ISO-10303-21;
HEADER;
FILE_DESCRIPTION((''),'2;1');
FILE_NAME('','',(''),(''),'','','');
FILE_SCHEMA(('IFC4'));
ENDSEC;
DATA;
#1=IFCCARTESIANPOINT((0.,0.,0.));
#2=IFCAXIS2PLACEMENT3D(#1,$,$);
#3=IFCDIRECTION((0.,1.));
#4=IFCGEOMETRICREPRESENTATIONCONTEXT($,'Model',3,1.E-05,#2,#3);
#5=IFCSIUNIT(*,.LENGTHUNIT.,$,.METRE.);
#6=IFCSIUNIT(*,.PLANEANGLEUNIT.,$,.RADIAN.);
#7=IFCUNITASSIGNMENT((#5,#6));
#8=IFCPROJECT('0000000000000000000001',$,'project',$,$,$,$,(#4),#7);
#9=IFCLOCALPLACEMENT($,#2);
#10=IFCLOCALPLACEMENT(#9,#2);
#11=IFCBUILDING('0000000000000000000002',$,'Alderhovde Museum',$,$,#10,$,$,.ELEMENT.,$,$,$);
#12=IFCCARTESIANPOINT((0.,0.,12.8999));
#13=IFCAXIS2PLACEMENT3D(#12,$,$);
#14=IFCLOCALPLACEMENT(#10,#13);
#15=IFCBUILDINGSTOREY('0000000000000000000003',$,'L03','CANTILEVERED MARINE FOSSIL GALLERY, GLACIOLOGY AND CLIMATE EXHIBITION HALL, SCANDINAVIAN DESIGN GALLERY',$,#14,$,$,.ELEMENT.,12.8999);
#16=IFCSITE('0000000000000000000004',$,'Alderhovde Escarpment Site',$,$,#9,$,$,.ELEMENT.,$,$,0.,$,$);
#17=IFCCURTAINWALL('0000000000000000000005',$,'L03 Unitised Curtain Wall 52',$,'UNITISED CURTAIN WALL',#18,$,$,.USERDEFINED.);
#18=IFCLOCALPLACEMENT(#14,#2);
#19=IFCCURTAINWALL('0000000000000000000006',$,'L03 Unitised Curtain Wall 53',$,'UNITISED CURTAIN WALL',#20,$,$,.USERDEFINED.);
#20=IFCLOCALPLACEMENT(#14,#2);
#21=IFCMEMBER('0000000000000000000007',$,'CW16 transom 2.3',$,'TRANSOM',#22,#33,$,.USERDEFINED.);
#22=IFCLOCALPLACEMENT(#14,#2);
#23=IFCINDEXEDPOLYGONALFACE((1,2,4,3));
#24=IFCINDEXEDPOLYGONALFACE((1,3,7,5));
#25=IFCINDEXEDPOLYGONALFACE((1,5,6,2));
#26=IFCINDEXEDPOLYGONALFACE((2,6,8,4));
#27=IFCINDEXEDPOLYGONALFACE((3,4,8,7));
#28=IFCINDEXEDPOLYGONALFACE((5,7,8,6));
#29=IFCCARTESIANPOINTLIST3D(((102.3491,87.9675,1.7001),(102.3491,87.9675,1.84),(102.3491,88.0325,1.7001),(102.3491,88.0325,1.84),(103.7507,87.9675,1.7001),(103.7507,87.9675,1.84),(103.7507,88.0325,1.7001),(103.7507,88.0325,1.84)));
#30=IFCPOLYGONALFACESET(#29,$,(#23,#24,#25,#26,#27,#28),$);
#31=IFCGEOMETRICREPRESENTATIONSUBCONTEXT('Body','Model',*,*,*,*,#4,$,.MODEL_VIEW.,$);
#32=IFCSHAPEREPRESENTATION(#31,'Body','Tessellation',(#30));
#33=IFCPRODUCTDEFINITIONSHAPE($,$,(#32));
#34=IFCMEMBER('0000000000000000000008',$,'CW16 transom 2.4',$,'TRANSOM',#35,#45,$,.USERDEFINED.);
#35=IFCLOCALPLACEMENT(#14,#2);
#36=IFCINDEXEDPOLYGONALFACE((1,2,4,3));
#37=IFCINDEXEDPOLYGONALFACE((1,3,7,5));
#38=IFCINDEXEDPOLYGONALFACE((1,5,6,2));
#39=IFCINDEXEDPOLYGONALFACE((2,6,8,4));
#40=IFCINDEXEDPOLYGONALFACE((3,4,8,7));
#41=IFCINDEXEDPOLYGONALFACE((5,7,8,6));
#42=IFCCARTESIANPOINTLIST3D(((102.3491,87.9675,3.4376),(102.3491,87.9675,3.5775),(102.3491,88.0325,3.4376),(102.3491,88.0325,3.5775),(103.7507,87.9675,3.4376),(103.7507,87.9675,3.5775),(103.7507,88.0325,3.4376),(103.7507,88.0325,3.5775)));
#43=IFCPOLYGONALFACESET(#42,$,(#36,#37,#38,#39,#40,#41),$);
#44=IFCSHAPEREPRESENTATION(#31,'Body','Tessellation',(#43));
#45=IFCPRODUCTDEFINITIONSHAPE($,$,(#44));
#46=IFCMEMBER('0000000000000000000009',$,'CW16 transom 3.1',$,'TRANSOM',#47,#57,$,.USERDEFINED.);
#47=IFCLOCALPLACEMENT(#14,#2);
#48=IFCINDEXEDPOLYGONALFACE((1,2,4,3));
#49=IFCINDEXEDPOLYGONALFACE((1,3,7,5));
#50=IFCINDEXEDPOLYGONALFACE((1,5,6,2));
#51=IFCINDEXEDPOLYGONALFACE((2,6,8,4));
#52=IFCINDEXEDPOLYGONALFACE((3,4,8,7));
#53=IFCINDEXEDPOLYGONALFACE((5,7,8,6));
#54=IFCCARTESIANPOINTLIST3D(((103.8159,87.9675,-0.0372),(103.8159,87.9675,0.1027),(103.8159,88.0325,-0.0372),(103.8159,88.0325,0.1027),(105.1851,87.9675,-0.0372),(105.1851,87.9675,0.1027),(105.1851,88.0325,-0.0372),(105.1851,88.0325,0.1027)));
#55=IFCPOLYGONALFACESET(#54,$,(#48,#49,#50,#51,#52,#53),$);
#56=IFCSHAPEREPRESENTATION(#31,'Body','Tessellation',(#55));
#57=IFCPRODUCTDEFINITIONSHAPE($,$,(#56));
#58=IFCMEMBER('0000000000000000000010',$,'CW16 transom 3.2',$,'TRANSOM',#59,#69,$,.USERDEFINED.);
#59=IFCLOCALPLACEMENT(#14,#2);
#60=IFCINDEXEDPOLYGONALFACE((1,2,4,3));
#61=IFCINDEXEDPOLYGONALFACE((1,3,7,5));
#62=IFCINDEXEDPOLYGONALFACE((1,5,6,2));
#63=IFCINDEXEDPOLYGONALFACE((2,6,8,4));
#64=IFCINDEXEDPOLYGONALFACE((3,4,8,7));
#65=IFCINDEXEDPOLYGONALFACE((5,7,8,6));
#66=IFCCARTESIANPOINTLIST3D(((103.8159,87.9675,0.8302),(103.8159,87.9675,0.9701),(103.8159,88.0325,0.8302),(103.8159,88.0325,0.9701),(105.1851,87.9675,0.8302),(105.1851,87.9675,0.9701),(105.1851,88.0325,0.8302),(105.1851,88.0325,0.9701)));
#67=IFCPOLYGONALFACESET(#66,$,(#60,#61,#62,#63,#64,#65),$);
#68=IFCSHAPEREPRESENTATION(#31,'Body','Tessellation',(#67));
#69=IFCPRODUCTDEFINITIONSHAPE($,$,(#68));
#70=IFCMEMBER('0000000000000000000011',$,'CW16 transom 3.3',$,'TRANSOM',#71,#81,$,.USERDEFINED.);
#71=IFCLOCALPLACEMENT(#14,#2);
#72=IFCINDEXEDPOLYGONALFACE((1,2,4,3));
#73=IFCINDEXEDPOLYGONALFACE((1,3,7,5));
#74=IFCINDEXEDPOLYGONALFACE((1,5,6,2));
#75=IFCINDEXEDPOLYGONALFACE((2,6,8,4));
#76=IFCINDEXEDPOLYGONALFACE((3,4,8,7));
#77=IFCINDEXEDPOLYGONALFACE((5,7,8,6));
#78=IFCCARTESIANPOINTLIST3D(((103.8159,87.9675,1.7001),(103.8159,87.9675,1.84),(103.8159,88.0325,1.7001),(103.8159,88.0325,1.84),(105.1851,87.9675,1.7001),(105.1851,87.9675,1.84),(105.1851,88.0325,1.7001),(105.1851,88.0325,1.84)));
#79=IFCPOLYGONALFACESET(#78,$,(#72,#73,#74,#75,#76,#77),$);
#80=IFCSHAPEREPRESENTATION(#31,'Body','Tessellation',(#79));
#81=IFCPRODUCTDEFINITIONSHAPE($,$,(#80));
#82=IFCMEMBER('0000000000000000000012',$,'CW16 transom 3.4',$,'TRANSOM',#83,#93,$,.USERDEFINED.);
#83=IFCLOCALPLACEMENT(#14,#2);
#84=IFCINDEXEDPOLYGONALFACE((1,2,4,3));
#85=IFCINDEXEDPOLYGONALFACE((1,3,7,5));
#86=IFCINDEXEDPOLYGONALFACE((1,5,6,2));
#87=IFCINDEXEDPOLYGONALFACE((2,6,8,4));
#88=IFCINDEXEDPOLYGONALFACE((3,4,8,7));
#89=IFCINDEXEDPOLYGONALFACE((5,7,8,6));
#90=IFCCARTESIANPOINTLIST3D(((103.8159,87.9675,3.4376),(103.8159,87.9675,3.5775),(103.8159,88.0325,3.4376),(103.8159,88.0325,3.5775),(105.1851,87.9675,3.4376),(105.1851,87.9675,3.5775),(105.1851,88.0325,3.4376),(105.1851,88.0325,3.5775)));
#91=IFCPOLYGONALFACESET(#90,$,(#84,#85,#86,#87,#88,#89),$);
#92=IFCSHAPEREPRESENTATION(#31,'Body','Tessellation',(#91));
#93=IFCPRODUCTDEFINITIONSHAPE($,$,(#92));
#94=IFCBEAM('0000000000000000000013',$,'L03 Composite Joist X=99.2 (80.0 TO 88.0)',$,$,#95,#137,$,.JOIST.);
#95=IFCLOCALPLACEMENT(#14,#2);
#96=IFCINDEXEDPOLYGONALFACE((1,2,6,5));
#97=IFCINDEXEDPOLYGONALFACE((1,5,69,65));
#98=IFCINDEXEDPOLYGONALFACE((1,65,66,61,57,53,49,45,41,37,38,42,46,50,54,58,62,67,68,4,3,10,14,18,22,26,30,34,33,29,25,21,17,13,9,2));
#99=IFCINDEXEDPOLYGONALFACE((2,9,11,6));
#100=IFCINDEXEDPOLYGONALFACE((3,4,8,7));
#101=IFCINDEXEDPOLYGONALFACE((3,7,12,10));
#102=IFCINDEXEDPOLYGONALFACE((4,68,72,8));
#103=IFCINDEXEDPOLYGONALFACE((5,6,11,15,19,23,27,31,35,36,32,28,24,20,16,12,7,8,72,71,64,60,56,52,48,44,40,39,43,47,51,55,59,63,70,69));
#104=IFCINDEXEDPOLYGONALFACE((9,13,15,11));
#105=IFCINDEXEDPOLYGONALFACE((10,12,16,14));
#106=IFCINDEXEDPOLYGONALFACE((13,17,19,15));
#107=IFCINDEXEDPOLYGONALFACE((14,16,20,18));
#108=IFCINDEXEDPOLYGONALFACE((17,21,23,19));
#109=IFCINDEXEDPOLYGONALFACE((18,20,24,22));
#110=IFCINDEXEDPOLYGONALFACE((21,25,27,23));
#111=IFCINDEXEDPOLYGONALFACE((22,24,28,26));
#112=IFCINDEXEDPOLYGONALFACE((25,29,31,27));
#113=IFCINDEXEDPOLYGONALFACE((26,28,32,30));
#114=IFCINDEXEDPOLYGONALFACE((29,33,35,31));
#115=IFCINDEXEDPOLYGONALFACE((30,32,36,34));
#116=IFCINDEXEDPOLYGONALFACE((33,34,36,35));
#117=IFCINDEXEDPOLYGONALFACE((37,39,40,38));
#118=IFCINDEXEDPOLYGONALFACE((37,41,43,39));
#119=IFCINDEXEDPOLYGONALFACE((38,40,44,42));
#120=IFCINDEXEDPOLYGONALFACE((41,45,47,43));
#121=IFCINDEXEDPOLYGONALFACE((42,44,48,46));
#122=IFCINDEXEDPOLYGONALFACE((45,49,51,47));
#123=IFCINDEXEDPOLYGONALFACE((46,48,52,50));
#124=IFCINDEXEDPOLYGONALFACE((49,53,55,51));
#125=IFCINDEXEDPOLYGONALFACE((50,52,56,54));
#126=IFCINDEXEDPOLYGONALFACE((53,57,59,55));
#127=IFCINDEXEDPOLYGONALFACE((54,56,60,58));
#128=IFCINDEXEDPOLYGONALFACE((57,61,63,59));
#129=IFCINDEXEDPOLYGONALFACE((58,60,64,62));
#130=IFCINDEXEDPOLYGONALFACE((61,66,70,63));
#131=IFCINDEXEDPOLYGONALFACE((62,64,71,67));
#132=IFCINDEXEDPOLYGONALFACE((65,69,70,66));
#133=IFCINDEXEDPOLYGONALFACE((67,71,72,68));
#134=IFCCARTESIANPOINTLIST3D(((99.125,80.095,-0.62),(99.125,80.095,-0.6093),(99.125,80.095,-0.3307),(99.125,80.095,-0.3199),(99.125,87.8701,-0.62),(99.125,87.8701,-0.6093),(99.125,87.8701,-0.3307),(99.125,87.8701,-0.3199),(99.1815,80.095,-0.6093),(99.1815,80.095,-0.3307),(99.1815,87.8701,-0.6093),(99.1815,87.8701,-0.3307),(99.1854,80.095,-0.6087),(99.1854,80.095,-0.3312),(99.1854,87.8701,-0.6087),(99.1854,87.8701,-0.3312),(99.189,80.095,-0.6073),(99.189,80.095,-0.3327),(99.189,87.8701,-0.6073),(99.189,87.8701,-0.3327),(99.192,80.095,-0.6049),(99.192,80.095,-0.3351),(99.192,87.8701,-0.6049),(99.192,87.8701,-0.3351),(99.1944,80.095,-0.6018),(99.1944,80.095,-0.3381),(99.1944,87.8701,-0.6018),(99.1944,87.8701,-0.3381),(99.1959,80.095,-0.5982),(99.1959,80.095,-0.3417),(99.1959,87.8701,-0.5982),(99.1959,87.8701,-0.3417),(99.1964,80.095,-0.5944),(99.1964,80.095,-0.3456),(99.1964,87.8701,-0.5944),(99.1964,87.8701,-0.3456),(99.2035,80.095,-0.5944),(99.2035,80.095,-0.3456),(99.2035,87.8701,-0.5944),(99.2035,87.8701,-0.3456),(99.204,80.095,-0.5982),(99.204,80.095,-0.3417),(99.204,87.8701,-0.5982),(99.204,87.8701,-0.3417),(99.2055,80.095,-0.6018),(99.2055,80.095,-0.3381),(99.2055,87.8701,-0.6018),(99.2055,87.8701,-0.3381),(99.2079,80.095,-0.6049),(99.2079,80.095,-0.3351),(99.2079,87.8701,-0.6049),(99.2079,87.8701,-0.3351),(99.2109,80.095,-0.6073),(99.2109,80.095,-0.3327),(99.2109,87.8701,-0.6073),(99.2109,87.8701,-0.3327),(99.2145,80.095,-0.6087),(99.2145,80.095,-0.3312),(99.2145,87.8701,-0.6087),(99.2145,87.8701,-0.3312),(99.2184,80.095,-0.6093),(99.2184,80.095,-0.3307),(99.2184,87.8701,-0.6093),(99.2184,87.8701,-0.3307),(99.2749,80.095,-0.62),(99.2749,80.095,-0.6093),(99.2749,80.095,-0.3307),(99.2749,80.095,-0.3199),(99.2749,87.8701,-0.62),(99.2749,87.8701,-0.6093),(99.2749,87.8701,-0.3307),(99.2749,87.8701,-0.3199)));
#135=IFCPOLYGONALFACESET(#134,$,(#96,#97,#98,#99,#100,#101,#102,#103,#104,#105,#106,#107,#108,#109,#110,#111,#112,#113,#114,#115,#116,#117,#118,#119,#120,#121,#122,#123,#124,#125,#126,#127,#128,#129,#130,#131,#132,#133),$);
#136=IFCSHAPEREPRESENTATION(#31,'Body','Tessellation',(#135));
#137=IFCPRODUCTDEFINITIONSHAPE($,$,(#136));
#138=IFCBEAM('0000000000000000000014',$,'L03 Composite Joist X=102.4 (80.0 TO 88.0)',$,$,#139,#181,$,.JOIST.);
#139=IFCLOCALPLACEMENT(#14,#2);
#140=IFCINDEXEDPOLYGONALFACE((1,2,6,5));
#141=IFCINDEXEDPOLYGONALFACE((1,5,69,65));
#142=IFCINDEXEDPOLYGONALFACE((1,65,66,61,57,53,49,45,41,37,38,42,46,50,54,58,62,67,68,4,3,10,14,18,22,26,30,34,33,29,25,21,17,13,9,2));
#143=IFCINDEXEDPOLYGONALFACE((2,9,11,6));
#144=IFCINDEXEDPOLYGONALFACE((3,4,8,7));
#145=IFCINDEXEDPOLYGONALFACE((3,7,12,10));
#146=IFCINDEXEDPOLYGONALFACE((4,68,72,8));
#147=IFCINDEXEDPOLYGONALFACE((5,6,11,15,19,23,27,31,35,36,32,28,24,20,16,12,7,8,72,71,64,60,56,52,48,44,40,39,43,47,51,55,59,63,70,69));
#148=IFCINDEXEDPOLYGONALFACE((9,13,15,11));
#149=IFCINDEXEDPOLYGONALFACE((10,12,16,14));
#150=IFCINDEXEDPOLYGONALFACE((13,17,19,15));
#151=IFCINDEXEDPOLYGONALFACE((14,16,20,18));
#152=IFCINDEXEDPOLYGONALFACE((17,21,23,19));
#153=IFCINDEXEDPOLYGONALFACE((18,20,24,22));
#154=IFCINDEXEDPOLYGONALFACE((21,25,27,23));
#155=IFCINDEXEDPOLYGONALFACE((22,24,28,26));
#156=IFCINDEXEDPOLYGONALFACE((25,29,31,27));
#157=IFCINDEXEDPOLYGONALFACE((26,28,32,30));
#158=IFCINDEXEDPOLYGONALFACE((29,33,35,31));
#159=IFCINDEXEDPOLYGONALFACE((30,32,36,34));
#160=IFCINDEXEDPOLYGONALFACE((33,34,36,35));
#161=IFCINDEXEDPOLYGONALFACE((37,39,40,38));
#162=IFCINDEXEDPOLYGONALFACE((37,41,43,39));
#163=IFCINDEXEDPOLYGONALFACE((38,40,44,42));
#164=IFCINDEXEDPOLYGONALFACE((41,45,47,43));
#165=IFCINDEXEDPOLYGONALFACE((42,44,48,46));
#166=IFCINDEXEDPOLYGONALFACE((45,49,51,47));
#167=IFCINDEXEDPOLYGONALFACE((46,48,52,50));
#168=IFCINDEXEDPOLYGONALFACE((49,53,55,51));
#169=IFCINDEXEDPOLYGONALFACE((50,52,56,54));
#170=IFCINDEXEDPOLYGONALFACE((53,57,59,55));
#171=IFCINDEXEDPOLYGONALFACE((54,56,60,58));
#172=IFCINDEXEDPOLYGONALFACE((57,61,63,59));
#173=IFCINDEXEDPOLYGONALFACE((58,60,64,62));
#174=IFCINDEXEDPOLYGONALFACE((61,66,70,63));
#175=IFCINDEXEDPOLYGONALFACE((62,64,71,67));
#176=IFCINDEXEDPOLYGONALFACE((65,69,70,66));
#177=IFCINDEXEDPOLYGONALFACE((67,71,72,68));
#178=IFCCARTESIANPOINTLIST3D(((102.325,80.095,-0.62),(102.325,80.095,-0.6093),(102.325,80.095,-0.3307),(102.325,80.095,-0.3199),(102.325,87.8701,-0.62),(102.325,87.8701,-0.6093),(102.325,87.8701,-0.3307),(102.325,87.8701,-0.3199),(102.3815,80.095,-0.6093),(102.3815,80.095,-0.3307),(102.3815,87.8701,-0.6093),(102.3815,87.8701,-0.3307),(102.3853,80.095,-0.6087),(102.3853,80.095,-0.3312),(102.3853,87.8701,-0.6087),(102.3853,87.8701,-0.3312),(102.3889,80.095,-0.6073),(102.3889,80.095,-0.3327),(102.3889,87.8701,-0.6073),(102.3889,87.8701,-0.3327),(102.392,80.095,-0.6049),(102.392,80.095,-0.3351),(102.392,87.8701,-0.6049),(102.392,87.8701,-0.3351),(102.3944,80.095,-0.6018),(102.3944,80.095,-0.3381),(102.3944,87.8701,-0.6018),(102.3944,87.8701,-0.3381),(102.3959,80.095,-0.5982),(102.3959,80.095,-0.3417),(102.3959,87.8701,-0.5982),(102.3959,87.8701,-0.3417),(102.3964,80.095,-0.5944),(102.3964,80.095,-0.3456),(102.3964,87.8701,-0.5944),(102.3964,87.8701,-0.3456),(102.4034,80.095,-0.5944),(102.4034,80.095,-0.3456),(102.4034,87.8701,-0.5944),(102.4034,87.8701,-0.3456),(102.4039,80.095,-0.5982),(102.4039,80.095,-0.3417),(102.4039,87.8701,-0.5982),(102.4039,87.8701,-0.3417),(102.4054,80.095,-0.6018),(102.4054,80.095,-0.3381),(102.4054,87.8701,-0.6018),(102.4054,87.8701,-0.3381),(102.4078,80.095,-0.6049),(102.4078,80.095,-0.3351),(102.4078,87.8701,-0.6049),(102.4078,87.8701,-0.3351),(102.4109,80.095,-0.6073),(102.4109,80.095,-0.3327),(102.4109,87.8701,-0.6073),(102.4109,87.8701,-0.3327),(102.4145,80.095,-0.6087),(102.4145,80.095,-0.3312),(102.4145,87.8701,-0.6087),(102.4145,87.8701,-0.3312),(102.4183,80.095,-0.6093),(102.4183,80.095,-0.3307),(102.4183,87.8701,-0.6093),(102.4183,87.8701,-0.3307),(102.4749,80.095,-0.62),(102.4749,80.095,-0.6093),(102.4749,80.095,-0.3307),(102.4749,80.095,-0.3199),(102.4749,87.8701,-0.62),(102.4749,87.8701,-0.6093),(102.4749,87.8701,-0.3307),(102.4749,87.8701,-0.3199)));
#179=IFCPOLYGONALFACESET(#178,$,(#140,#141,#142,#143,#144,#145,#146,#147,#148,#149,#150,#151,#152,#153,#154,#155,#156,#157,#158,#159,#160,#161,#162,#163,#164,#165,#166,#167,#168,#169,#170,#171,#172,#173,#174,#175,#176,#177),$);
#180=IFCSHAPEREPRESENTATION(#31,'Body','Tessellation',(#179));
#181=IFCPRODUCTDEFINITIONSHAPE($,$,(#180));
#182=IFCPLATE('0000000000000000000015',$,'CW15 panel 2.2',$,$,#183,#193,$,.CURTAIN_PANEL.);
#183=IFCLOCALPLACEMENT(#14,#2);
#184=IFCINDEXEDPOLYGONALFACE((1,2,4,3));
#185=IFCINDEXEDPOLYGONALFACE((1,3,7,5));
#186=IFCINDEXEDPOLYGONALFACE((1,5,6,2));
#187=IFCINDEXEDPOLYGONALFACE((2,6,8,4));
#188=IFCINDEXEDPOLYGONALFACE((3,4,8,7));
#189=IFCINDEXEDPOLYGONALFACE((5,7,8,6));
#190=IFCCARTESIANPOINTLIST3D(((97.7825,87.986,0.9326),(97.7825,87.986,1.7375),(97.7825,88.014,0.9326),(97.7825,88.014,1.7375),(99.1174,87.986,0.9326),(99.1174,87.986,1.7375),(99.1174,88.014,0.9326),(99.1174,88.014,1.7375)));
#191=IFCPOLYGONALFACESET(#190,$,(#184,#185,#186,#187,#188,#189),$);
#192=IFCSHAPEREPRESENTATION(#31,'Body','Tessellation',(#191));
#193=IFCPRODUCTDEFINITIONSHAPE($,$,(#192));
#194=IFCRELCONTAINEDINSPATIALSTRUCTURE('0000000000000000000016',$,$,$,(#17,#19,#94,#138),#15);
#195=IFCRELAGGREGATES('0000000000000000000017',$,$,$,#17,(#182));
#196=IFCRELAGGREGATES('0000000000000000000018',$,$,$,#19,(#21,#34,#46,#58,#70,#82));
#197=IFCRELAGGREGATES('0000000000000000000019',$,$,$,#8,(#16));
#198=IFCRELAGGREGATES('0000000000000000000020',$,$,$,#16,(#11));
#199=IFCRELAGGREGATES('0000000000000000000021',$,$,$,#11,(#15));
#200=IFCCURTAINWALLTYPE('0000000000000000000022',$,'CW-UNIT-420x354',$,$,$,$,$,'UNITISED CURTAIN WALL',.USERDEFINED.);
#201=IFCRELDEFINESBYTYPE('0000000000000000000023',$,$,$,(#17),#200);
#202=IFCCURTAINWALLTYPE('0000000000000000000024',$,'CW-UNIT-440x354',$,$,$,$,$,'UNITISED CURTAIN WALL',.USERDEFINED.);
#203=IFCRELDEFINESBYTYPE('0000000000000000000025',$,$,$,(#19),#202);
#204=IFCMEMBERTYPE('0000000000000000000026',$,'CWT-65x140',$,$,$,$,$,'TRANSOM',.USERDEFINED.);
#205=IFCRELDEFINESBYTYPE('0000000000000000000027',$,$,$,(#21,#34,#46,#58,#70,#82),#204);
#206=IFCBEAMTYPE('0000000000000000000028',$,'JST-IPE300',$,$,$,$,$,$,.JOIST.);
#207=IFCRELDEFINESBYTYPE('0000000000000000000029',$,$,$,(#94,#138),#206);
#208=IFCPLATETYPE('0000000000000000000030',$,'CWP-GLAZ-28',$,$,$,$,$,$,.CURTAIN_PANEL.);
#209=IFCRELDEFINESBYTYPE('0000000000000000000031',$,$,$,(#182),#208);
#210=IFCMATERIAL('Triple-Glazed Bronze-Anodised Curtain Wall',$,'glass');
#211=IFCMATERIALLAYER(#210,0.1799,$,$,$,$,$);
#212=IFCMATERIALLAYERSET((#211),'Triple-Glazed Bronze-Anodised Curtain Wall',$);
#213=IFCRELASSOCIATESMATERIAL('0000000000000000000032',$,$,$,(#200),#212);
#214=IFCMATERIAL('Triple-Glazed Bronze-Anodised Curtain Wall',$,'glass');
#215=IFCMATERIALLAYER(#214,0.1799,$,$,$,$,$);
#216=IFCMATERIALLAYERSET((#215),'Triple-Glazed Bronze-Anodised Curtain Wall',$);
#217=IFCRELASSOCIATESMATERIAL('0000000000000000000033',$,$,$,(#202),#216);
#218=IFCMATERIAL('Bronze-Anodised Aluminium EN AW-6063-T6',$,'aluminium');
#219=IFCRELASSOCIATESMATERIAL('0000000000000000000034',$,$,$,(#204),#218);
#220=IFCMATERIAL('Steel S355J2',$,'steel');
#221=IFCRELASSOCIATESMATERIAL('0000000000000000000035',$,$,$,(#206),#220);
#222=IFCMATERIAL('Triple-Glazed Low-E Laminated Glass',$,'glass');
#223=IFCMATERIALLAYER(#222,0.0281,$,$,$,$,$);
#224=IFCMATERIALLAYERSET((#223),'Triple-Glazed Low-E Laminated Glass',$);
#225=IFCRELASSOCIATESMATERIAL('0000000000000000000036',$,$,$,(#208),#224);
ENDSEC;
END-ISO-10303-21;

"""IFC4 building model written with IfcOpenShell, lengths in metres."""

from ifc_helpers import new_model, si_unit, direction, frame, origin, origin_2d, place, context, subcontext, project, spatial, rectangle, i_section, extrude, material, layer, layer_set, material_profile, profile_set, type_object, element, aggregate, save


model = new_model("IFC4")

# Units and contexts
model_context = context("Model", 3, precision=1e-05, world=origin(), true_north=direction((0.0, 1.0)))
body_context = subcontext(model_context, "Body", "Model", "MODEL_VIEW")
ifc_project = project(units=[si_unit("LENGTHUNIT", "METRE"), si_unit("PLANEANGLEUNIT", "RADIAN")], contexts=[model_context])

# Site, building, storey
site_placement = place(None, origin())
site = spatial("IfcSite", under=ifc_project, at=site_placement, Name="Alderhovde Escarpment Site", CompositionType="ELEMENT", RefElevation=0.0)
building_placement = place(site_placement, origin())
building = spatial("IfcBuilding", under=site, at=building_placement, Name="Alderhovde Museum", CompositionType="ELEMENT")
storey_placement = place(building_placement, frame((0.0, 0.0, 12.8999)))
storey = spatial("IfcBuildingStorey", under=building, at=storey_placement, Name="L03", Description="CANTILEVERED MARINE FOSSIL GALLERY, GLACIOLOGY AND CLIMATE EXHIBITION HALL, SCANDINAVIAN DESIGN GALLERY", CompositionType="ELEMENT", Elevation=12.8999)

# Curtain walls
ifc_material_1 = material(Name="Triple-Glazed Bronze-Anodised Curtain Wall", Category="glass")
ifc_layer_1 = layer(ifc_material_1, 0.1799)
ifc_layer_set_1 = layer_set([ifc_layer_1], Name="Triple-Glazed Bronze-Anodised Curtain Wall")
curtain_wall_type_1 = type_object("IfcCurtainWallType", Name="CW-UNIT-420x354", ElementType="UNITISED CURTAIN WALL", PredefinedType="USERDEFINED", material=ifc_layer_set_1)
curtain_wall_1_placement = place(storey_placement, origin())
curtain_wall_1 = element("IfcCurtainWall", 1, at=curtain_wall_1_placement, inside=storey, type_object=curtain_wall_type_1, Name="L03 Unitised Curtain Wall 52", ObjectType="UNITISED CURTAIN WALL", PredefinedType="USERDEFINED")
ifc_material_2 = material(Name="Triple-Glazed Bronze-Anodised Curtain Wall", Category="glass")
ifc_layer_2 = layer(ifc_material_2, 0.1799)
ifc_layer_set_2 = layer_set([ifc_layer_2], Name="Triple-Glazed Bronze-Anodised Curtain Wall")
curtain_wall_type_2 = type_object("IfcCurtainWallType", Name="CW-UNIT-440x354", ElementType="UNITISED CURTAIN WALL", PredefinedType="USERDEFINED", material=ifc_layer_set_2)
curtain_wall_2_placement = place(storey_placement, origin())
curtain_wall_2 = element("IfcCurtainWall", 2, at=curtain_wall_2_placement, inside=storey, type_object=curtain_wall_type_2, Name="L03 Unitised Curtain Wall 53", ObjectType="UNITISED CURTAIN WALL", PredefinedType="USERDEFINED")

# Members
ifc_material_3 = material(Name="Bronze-Anodised Aluminium EN AW-6063-T6", Category="aluminium")
ifc_material_profile_1 = material_profile(ifc_material_3, rectangle(XDim=0.0649, YDim=0.1399, at=origin_2d()), Name="TRANSOM 65x140")
ifc_profile_set_1 = profile_set([ifc_material_profile_1], Name="Bronze-Anodised Aluminium EN AW-6063-T6")
member_type_1 = type_object("IfcMemberType", Name="CWT-65x140", ElementType="TRANSOM", PredefinedType="USERDEFINED", material=ifc_profile_set_1)
member_1_placement = place(storey_placement, frame((102.3491, 88.0, 1.77), z_axis=(1.0, 0.0, 0.0), x_axis=(0.0, 1.0, 0.0)))
member_1 = element("IfcMember", 3, at=member_1_placement, type_object=member_type_1, Name="CW16 transom 2.3", ObjectType="TRANSOM", PredefinedType="USERDEFINED", context=body_context, shape_type="SweptSolid", body=[
    extrude(rectangle(XDim=0.0649, YDim=0.1399, at=origin_2d()), origin(), (0.0, 0.0, 1.0), 1.4016),
])
member_2_placement = place(storey_placement, frame((102.3491, 88.0, 3.5076), z_axis=(1.0, 0.0, 0.0), x_axis=(0.0, 1.0, 0.0)))
member_2 = element("IfcMember", 4, at=member_2_placement, type_object=member_type_1, Name="CW16 transom 2.4", ObjectType="TRANSOM", PredefinedType="USERDEFINED", context=body_context, shape_type="SweptSolid", body=[
    extrude(rectangle(XDim=0.0649, YDim=0.1399, at=origin_2d()), origin(), (0.0, 0.0, 1.0), 1.4016),
])
member_3_placement = place(storey_placement, frame((103.8159, 88.0, 0.0327), z_axis=(1.0, 0.0, 0.0), x_axis=(0.0, 1.0, 0.0)))
member_3 = element("IfcMember", 5, at=member_3_placement, type_object=member_type_1, Name="CW16 transom 3.1", ObjectType="TRANSOM", PredefinedType="USERDEFINED", context=body_context, shape_type="SweptSolid", body=[
    extrude(rectangle(XDim=0.0649, YDim=0.1399, at=origin_2d()), origin(), (0.0, 0.0, 1.0), 1.3691),
])
member_4_placement = place(storey_placement, frame((103.8159, 88.0, 0.9001), z_axis=(1.0, 0.0, 0.0), x_axis=(0.0, 1.0, 0.0)))
member_4 = element("IfcMember", 6, at=member_4_placement, type_object=member_type_1, Name="CW16 transom 3.2", ObjectType="TRANSOM", PredefinedType="USERDEFINED", context=body_context, shape_type="SweptSolid", body=[
    extrude(rectangle(XDim=0.0649, YDim=0.1399, at=origin_2d()), origin(), (0.0, 0.0, 1.0), 1.3691),
])
member_5_placement = place(storey_placement, frame((103.8159, 88.0, 1.77), z_axis=(1.0, 0.0, 0.0), x_axis=(0.0, 1.0, 0.0)))
member_5 = element("IfcMember", 7, at=member_5_placement, type_object=member_type_1, Name="CW16 transom 3.3", ObjectType="TRANSOM", PredefinedType="USERDEFINED", context=body_context, shape_type="SweptSolid", body=[
    extrude(rectangle(XDim=0.0649, YDim=0.1399, at=origin_2d()), origin(), (0.0, 0.0, 1.0), 1.3691),
])
member_6_placement = place(storey_placement, frame((103.8159, 88.0, 3.5076), z_axis=(1.0, 0.0, 0.0), x_axis=(0.0, 1.0, 0.0)))
member_6 = element("IfcMember", 8, at=member_6_placement, type_object=member_type_1, Name="CW16 transom 3.4", ObjectType="TRANSOM", PredefinedType="USERDEFINED", context=body_context, shape_type="SweptSolid", body=[
    extrude(rectangle(XDim=0.0649, YDim=0.1399, at=origin_2d()), origin(), (0.0, 0.0, 1.0), 1.3691),
])

# Beams
ifc_material_4 = material(Name="Steel S355J2", Category="steel")
ifc_material_profile_2 = material_profile(ifc_material_4, i_section(OverallWidth=0.1499, OverallDepth=0.3, WebThickness=0.0071, FlangeThickness=0.0107, FilletRadius=0.0149, at=origin_2d()), Name="IPE 300")
ifc_profile_set_2 = profile_set([ifc_material_profile_2], Name="Steel S355J2")
beam_type = type_object("IfcBeamType", Name="JST-IPE300", PredefinedType="JOIST", material=ifc_profile_set_2)
for number, where, z_axis, x_axis, name in (
    (9, (99.2, 80.095, -0.47), (0.0, 1.0, 0.0), (-1.0, 0.0, 0.0), "L03 Composite Joist X=99.2 (80.0 TO 88.0)"),
    (10, (102.3999, 80.095, -0.47), (0.0, 1.0, 0.0), (-1.0, 0.0, 0.0), "L03 Composite Joist X=102.4 (80.0 TO 88.0)"),
):
    element("IfcBeam", number, at=place(storey_placement, frame(where, z_axis=z_axis, x_axis=x_axis)), inside=storey, type_object=beam_type, Name=name, PredefinedType="JOIST", context=body_context, shape_type="SweptSolid", body=[
        extrude(i_section(OverallWidth=0.1499, OverallDepth=0.3, WebThickness=0.0071, FlangeThickness=0.0107, FilletRadius=0.0149, at=origin_2d()), origin(), (0.0, 0.0, 1.0), 7.7751),
    ])

# Plate
ifc_material_5 = material(Name="Triple-Glazed Low-E Laminated Glass", Category="glass")
ifc_layer_3 = layer(ifc_material_5, 0.0281)
ifc_layer_set_3 = layer_set([ifc_layer_3], Name="Triple-Glazed Low-E Laminated Glass")
plate_type_1 = type_object("IfcPlateType", Name="CWP-GLAZ-28", PredefinedType="CURTAIN_PANEL", material=ifc_layer_set_3)
plate_1_placement = place(storey_placement, frame((98.45, 88.0, 0.9326), z_axis=(0.0, 0.0, 1.0), x_axis=(1.0, 0.0, 0.0)))
plate_1 = element("IfcPlate", 11, at=plate_1_placement, type_object=plate_type_1, Name="CW15 panel 2.2", PredefinedType="CURTAIN_PANEL", context=body_context, shape_type="SweptSolid", body=[
    extrude(rectangle(XDim=1.335, YDim=0.0281, at=origin_2d()), origin(), (0.0, 0.0, 1.0), 0.8049),
])
aggregate(curtain_wall_1, [plate_1])
aggregate(curtain_wall_2, [member_1, member_2, member_3, member_4, member_5, member_6])

save(model, "model.ifc")
